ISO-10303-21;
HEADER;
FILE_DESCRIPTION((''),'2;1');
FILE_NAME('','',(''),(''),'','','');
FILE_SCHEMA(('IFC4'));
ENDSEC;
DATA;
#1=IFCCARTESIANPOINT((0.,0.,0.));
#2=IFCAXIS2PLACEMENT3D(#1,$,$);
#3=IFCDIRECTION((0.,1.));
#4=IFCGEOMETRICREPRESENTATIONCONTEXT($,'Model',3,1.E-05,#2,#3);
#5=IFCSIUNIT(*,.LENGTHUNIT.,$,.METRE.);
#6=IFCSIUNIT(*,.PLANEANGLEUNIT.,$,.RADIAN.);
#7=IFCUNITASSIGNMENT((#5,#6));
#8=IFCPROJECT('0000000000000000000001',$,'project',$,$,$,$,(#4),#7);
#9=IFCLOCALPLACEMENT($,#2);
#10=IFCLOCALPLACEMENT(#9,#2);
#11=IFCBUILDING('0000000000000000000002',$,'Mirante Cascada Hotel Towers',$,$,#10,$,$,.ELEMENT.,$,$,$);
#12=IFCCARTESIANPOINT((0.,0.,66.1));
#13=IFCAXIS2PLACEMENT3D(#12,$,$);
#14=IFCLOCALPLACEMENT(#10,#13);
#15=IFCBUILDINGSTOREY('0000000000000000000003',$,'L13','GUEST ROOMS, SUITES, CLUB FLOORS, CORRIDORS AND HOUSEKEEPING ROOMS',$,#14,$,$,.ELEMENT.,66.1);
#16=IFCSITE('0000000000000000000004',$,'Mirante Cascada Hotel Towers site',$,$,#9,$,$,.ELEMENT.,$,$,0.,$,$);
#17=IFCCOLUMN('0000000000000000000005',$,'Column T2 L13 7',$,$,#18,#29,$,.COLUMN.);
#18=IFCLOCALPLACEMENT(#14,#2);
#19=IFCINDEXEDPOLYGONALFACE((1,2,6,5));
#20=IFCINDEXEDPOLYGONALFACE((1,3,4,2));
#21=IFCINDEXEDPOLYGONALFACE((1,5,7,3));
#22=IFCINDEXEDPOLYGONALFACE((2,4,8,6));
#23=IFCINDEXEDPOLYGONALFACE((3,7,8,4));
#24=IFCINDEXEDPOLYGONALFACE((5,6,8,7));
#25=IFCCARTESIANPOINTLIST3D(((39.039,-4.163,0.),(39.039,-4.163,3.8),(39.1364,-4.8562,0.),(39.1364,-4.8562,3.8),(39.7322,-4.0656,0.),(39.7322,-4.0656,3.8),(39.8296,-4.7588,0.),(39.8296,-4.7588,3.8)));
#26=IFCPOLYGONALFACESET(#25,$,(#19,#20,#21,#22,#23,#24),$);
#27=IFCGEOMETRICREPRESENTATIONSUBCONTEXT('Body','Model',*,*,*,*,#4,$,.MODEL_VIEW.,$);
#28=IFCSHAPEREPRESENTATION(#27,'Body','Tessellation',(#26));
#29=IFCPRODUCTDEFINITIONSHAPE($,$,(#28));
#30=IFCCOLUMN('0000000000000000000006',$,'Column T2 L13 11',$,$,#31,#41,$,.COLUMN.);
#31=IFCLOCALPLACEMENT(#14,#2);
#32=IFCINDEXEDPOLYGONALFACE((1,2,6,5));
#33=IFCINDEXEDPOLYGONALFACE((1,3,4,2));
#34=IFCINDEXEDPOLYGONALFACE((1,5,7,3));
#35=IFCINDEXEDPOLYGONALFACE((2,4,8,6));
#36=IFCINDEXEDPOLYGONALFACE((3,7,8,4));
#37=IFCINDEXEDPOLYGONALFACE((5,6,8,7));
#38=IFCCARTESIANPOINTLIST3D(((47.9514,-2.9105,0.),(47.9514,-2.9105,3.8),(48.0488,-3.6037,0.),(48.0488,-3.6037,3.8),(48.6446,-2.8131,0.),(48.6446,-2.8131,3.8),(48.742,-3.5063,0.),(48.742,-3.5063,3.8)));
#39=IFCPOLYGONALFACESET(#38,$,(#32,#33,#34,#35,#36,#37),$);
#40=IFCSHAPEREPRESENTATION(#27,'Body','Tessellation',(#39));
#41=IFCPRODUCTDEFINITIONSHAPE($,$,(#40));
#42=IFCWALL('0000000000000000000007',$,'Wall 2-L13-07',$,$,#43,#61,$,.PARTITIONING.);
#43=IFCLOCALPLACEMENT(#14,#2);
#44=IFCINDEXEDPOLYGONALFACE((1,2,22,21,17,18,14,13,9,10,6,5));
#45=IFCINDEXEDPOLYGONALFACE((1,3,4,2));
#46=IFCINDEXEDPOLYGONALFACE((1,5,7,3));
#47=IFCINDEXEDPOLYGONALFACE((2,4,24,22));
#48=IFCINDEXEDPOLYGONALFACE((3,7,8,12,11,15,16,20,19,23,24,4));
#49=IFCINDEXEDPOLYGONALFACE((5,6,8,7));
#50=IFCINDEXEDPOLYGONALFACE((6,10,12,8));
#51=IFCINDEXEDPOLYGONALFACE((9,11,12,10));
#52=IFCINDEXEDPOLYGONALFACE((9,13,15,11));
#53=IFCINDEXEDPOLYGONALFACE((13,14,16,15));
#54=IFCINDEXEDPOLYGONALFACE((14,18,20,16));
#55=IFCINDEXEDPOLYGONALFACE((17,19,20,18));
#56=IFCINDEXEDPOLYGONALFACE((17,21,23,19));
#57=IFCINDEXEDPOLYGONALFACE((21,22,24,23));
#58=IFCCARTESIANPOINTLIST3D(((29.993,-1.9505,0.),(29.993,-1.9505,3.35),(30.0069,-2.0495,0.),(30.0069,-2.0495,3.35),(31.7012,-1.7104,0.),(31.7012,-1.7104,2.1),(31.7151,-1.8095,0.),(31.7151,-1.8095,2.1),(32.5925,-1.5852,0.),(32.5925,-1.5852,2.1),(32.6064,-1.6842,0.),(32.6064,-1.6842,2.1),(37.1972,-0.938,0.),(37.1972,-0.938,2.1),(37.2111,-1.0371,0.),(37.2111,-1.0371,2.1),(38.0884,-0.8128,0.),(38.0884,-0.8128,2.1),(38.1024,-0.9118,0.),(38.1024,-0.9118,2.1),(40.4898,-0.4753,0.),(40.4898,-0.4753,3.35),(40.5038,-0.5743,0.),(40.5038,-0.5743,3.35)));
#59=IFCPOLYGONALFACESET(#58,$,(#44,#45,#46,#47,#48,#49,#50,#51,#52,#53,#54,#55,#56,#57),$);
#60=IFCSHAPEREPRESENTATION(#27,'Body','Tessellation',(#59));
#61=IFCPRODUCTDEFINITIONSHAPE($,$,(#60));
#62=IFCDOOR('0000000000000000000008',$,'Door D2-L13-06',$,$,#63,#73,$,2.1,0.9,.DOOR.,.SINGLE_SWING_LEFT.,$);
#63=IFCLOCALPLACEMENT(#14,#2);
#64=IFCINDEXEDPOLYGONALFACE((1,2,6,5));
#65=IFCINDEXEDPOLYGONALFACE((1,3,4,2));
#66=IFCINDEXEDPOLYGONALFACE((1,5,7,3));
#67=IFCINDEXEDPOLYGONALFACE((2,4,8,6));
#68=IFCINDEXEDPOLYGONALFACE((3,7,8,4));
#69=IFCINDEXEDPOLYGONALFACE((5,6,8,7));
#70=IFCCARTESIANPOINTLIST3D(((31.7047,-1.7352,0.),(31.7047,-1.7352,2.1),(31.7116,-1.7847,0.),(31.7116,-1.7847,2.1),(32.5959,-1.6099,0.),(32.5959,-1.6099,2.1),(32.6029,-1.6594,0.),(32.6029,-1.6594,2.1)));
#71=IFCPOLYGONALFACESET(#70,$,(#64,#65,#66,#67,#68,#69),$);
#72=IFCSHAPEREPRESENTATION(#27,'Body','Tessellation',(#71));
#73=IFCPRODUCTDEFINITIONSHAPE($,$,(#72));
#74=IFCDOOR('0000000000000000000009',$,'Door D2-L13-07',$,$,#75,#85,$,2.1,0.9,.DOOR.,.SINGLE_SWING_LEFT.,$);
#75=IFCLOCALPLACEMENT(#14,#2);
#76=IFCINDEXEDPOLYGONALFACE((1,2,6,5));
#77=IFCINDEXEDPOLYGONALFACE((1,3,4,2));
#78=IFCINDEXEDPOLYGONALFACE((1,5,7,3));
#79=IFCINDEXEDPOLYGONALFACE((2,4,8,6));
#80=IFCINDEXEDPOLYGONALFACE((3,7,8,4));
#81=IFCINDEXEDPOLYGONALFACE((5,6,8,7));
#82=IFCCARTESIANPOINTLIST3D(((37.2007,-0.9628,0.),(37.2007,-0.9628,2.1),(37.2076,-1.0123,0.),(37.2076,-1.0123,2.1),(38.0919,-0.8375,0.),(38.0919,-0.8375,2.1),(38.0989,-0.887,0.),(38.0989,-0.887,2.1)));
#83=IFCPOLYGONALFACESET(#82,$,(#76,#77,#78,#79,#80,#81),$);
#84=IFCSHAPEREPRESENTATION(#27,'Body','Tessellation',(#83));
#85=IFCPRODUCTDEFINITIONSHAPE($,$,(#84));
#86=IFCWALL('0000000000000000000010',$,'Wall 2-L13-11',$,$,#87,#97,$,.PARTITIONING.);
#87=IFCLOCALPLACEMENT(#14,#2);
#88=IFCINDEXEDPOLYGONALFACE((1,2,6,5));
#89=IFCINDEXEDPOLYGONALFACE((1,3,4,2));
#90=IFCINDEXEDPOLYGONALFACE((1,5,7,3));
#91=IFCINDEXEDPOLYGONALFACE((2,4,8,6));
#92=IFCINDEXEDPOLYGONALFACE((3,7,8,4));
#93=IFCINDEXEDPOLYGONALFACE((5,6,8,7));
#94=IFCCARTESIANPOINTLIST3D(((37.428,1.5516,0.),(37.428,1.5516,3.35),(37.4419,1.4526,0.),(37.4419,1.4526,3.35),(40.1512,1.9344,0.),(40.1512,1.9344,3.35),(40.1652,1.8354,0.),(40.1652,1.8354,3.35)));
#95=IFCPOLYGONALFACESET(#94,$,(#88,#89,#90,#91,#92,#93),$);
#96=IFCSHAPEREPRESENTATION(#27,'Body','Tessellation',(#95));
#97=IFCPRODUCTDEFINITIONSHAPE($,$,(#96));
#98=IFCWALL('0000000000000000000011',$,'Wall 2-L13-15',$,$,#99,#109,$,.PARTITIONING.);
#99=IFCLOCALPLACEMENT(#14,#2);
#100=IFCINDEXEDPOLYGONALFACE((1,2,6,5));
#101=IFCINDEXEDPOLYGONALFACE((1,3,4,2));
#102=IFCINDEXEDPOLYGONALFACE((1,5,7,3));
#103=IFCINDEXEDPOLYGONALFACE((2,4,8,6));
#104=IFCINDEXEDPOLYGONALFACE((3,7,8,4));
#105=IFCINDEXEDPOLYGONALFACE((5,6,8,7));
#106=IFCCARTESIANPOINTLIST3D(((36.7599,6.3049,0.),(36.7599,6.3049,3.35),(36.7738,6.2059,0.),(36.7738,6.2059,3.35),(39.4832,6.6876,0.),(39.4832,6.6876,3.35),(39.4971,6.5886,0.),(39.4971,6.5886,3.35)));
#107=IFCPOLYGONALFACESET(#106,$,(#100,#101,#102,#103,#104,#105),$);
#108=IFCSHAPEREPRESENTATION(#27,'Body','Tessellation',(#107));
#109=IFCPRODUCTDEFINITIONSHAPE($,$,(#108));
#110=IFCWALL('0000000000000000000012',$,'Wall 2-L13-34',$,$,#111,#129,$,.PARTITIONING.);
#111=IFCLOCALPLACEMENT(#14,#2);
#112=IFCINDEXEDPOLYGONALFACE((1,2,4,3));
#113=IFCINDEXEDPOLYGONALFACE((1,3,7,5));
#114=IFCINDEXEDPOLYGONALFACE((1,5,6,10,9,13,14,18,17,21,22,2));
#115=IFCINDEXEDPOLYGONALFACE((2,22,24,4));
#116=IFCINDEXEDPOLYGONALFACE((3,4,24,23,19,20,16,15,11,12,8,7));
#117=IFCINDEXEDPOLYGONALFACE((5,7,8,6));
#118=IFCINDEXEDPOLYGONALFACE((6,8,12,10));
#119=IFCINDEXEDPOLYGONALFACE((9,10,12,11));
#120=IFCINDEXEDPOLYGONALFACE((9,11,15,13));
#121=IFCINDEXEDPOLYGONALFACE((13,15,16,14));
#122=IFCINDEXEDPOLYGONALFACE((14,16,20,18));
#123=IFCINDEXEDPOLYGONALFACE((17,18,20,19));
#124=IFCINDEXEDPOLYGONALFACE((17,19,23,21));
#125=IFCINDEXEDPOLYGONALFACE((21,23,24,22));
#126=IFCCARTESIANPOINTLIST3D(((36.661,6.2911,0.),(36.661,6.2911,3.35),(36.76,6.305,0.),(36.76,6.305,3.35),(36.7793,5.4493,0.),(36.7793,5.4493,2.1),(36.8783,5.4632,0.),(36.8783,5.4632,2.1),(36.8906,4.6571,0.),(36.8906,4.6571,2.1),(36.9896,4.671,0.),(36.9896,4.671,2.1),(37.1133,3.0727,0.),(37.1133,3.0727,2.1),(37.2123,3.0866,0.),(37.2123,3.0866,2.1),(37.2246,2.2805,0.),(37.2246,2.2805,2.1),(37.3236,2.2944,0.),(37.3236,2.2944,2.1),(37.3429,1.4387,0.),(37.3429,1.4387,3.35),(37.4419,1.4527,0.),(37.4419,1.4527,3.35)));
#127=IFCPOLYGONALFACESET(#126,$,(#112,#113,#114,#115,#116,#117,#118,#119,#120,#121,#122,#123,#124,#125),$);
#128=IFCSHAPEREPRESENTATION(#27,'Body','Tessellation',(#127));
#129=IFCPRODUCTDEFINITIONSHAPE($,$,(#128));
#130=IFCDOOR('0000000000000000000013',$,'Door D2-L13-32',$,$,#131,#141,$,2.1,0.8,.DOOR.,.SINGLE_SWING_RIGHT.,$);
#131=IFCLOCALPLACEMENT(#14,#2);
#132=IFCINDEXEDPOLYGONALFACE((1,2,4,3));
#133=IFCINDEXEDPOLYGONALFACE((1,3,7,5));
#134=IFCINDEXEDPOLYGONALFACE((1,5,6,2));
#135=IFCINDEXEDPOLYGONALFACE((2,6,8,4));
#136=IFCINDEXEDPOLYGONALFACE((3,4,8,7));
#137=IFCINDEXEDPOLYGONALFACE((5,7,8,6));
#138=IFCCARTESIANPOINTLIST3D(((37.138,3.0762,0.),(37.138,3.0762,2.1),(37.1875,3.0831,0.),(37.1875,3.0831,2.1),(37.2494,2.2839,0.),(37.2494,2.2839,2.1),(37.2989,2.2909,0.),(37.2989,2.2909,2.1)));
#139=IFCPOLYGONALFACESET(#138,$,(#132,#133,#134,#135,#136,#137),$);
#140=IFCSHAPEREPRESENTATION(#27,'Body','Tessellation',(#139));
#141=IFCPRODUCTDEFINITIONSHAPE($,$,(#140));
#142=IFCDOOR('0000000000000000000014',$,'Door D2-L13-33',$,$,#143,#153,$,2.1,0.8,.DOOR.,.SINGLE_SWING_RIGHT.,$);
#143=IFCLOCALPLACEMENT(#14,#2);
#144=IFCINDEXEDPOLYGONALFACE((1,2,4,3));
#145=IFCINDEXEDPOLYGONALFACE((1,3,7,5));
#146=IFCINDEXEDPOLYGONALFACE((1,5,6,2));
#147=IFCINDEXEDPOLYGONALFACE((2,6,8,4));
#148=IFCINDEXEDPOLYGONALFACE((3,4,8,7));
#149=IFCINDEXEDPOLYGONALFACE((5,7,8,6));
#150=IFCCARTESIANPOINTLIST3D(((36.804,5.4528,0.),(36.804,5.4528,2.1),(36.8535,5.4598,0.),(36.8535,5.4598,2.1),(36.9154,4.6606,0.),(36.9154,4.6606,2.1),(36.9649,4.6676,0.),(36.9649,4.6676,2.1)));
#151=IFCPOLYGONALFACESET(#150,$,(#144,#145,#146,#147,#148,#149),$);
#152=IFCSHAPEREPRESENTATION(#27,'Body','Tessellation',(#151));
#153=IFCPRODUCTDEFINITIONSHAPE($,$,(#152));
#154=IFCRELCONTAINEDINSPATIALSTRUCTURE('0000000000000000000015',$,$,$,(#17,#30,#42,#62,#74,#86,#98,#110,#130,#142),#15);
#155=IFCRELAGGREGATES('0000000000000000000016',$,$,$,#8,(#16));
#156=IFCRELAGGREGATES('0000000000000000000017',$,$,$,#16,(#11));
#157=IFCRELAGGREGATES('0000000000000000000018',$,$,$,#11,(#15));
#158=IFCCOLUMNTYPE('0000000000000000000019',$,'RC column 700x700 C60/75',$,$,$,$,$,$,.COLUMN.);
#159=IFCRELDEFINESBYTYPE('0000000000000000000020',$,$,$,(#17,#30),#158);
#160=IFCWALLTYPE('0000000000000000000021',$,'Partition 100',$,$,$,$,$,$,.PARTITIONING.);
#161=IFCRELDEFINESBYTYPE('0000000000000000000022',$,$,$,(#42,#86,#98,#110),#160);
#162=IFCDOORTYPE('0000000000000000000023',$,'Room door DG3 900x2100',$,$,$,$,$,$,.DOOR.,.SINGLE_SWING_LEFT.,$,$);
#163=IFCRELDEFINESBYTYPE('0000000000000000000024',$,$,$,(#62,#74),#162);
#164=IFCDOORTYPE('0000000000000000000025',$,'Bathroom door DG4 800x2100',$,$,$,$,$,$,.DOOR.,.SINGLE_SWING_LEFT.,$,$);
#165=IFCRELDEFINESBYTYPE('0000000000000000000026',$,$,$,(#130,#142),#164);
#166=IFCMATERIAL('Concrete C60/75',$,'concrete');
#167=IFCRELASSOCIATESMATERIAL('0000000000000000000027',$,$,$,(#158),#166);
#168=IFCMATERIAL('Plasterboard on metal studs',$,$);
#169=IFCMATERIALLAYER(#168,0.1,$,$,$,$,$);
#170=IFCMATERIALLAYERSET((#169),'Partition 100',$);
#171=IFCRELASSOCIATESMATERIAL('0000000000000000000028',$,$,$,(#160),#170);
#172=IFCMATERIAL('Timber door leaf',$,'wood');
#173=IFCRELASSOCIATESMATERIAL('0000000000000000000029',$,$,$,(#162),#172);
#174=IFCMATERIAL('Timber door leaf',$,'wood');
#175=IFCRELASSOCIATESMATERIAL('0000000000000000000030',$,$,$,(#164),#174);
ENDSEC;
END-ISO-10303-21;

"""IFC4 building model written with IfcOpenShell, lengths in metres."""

from ifc_helpers import new_model, si_unit, direction, frame, frame_2d, origin, origin_2d, place, context, subcontext, project, spatial, rectangle, extrude, material, layer, layer_set, material_profile, profile_set, type_object, element, fill, save


model = new_model("IFC4")

# Units and contexts
model_context = context("Model", 3, precision=1e-05, world=origin(), true_north=direction((0.0, 1.0)))
body_context = subcontext(model_context, "Body", "Model", "MODEL_VIEW")
ifc_project = project(units=[si_unit("LENGTHUNIT", "METRE"), si_unit("PLANEANGLEUNIT", "RADIAN")], contexts=[model_context])

# Site, building, storey
site_placement = place(None, origin())
site = spatial("IfcSite", under=ifc_project, at=site_placement, Name="Mirante Cascada Hotel Towers site", CompositionType="ELEMENT", RefElevation=0.0)
building_placement = place(site_placement, origin())
building = spatial("IfcBuilding", under=site, at=building_placement, Name="Mirante Cascada Hotel Towers", CompositionType="ELEMENT")
storey_placement = place(building_placement, frame((0.0, 0.0, 66.1)))
storey = spatial("IfcBuildingStorey", under=building, at=storey_placement, Name="L13", Description="GUEST ROOMS, SUITES, CLUB FLOORS, CORRIDORS AND HOUSEKEEPING ROOMS", CompositionType="ELEMENT", Elevation=66.1)

# Columns
ifc_material_1 = material(Name="Concrete C60/75", Category="concrete")
ifc_material_profile = material_profile(ifc_material_1, rectangle(XDim=0.7, YDim=0.7, at=origin_2d()), Name="RC column 700x700 C60/75")
ifc_profile_set = profile_set([ifc_material_profile], Name="Concrete C60/75")
column_type = type_object("IfcColumnType", Name="RC column 700x700 C60/75", PredefinedType="COLUMN", material=ifc_profile_set)
for number, where, z_axis, x_axis, name in (
    (1, (39.4343, -4.4609, 0.0), (0.0, 0.0, 1.0), (0.990268, 0.139173, 0.0), "Column T2 L13 7"),
    (2, (48.3467, -3.2084, 0.0), (0.0, 0.0, 1.0), (0.990268, 0.139173, 0.0), "Column T2 L13 11"),
):
    element("IfcColumn", number, at=place(storey_placement, frame(where, z_axis=z_axis, x_axis=x_axis)), inside=storey, type_object=column_type, Name=name, PredefinedType="COLUMN", context=body_context, shape_type="SweptSolid", body=[
        extrude(rectangle(XDim=0.7, YDim=0.7, at=origin_2d()), origin(), (0.0, 0.0, 1.0), 3.8),
    ])

# Wall, openings, doors
ifc_material_2 = material(Name="Plasterboard on metal studs")
ifc_layer = layer(ifc_material_2, 0.1)
ifc_layer_set = layer_set([ifc_layer], Name="Partition 100")
wall_type = type_object("IfcWallType", Name="Partition 100", PredefinedType="PARTITIONING", material=ifc_layer_set)
wall_1_placement = place(storey_placement, frame((40.4968, -0.5248, 0.0), z_axis=(0.0, 0.0, 1.0), x_axis=(-0.990268, -0.13917, 0.0)))
wall_1 = element("IfcWall", 3, at=wall_1_placement, inside=storey, type_object=wall_type, Name="Wall 2-L13-07", PredefinedType="PARTITIONING", context=body_context, shape_type="SweptSolid", body=[
    extrude(rectangle(XDim=10.6, YDim=0.1, at=frame_2d((5.3, 0.0))), origin(), (0.0, 0.0, 1.0), 3.35),
])
opening_1_placement = place(wall_1_placement, frame((7.975, 0.0, 0.0)))
opening_1 = element("IfcOpeningElement", 4, at=opening_1_placement, cuts=wall_1, PredefinedType="OPENING", context=body_context, shape_type="SweptSolid", body=[
    extrude(rectangle(XDim=0.9, YDim=2.1, at=frame_2d((0.45, 1.05))), frame((0.0, 0.05, 0.0), z_axis=(0.0, -1.0, 0.0), x_axis=(1.0, 0.0, 0.0)), (0.0, 0.0, 1.0), 0.1),
])
opening_2_placement = place(wall_1_placement, frame((2.425, 0.0, 0.0)))
opening_2 = element("IfcOpeningElement", 5, at=opening_2_placement, cuts=wall_1, PredefinedType="OPENING", context=body_context, shape_type="SweptSolid", body=[
    extrude(rectangle(XDim=0.9, YDim=2.1, at=frame_2d((0.45, 1.05))), frame((0.0, 0.05, 0.0), z_axis=(0.0, -1.0, 0.0), x_axis=(1.0, 0.0, 0.0)), (0.0, 0.0, 1.0), 0.1),
])
ifc_material_3 = material(Name="Timber door leaf", Category="wood")
door_type_1 = type_object("IfcDoorType", Name="Room door DG3 900x2100", OperationType="SINGLE_SWING_LEFT", PredefinedType="DOOR", material=ifc_material_3)
door_1_placement = place(opening_1_placement, origin())
door_1 = element("IfcDoor", 6, at=door_1_placement, inside=storey, type_object=door_type_1, Name="Door D2-L13-06", OperationType="SINGLE_SWING_LEFT", OverallHeight=2.1, OverallWidth=0.9, PredefinedType="DOOR", context=body_context, shape_type="SweptSolid", body=[
    extrude(rectangle(XDim=0.9, YDim=2.1, at=frame_2d((0.45, 1.05))), frame((0.0, 0.025, 0.0), z_axis=(0.0, -1.0, 0.0), x_axis=(1.0, 0.0, 0.0)), (0.0, 0.0, 1.0), 0.05),
])
fill(opening_1, door_1)
door_2_placement = place(opening_2_placement, origin())
door_2 = element("IfcDoor", 7, at=door_2_placement, inside=storey, type_object=door_type_1, Name="Door D2-L13-07", OperationType="SINGLE_SWING_LEFT", OverallHeight=2.1, OverallWidth=0.9, PredefinedType="DOOR", context=body_context, shape_type="SweptSolid", body=[
    extrude(rectangle(XDim=0.9, YDim=2.1, at=frame_2d((0.45, 1.05))), frame((0.0, 0.025, 0.0), z_axis=(0.0, -1.0, 0.0), x_axis=(1.0, 0.0, 0.0)), (0.0, 0.0, 1.0), 0.05),
])
fill(opening_2, door_2)

# Walls
wall_2_placement = place(storey_placement, frame((40.1582, 1.8849, 0.0), z_axis=(0.0, 0.0, 1.0), x_axis=(-0.990264, -0.139201, 0.0)))
element("IfcWall", 8, at=wall_2_placement, inside=storey, type_object=wall_type, Name="Wall 2-L13-11", PredefinedType="PARTITIONING", context=body_context, shape_type="SweptSolid", body=[
    extrude(rectangle(XDim=2.75, YDim=0.1, at=frame_2d((1.375, 0.0))), origin(), (0.0, 0.0, 1.0), 3.35),
])
wall_3_placement = place(storey_placement, frame((39.4902, 6.6381, 0.0), z_axis=(0.0, 0.0, 1.0), x_axis=(-0.99027, -0.139161, 0.0)))
element("IfcWall", 9, at=wall_3_placement, inside=storey, type_object=wall_type, Name="Wall 2-L13-15", PredefinedType="PARTITIONING", context=body_context, shape_type="SweptSolid", body=[
    extrude(rectangle(XDim=2.7501, YDim=0.1, at=frame_2d((1.3751, 0.0))), origin(), (0.0, 0.0, 1.0), 3.35),
])

# Wall, openings, doors
wall_4_placement = place(storey_placement, frame((37.3924, 1.4457, 0.0), z_axis=(0.0, 0.0, 1.0), x_axis=(-0.139164, 0.990269, 0.0)))
wall_4 = element("IfcWall", 10, at=wall_4_placement, inside=storey, type_object=wall_type, Name="Wall 2-L13-34", PredefinedType="PARTITIONING", context=body_context, shape_type="SweptSolid", body=[
    extrude(rectangle(XDim=4.9, YDim=0.1, at=frame_2d((2.45, 0.0))), origin(), (0.0, 0.0, 1.0), 3.35),
])
opening_3_placement = place(wall_4_placement, frame((0.85, 0.0, 0.0)))
opening_3 = element("IfcOpeningElement", 11, at=opening_3_placement, cuts=wall_4, PredefinedType="OPENING", context=body_context, shape_type="SweptSolid", body=[
    extrude(rectangle(XDim=0.8, YDim=2.1, at=frame_2d((0.4, 1.05))), frame((0.0, 0.05, 0.0), z_axis=(0.0, -1.0, 0.0), x_axis=(1.0, 0.0, 0.0)), (0.0, 0.0, 1.0), 0.1),
])
opening_4_placement = place(wall_4_placement, frame((3.25, 0.0, 0.0)))
opening_4 = element("IfcOpeningElement", 12, at=opening_4_placement, cuts=wall_4, PredefinedType="OPENING", context=body_context, shape_type="SweptSolid", body=[
    extrude(rectangle(XDim=0.8, YDim=2.1, at=frame_2d((0.4, 1.05))), frame((0.0, 0.05, 0.0), z_axis=(0.0, -1.0, 0.0), x_axis=(1.0, 0.0, 0.0)), (0.0, 0.0, 1.0), 0.1),
])
ifc_material_4 = material(Name="Timber door leaf", Category="wood")
door_type_2 = type_object("IfcDoorType", Name="Bathroom door DG4 800x2100", OperationType="SINGLE_SWING_LEFT", PredefinedType="DOOR", material=ifc_material_4)
door_3_placement = place(opening_3_placement, frame((0.8, 0.0, 0.0), z_axis=(0.0, 0.0, 1.0), x_axis=(-1.0, 0.0, 0.0)))
door_3 = element("IfcDoor", 13, at=door_3_placement, inside=storey, type_object=door_type_2, Name="Door D2-L13-32", OperationType="SINGLE_SWING_RIGHT", OverallHeight=2.1, OverallWidth=0.8, PredefinedType="DOOR", context=body_context, shape_type="SweptSolid", body=[
    extrude(rectangle(XDim=0.8, YDim=2.1, at=frame_2d((0.4, 1.05))), frame((0.0, 0.025, 0.0), z_axis=(0.0, -1.0, 0.0), x_axis=(1.0, 0.0, 0.0)), (0.0, 0.0, 1.0), 0.05),
])
fill(opening_3, door_3)
door_4_placement = place(opening_4_placement, frame((0.8, 0.0, 0.0), z_axis=(0.0, 0.0, 1.0), x_axis=(-1.0, 0.0, 0.0)))
door_4 = element("IfcDoor", 14, at=door_4_placement, inside=storey, type_object=door_type_2, Name="Door D2-L13-33", OperationType="SINGLE_SWING_RIGHT", OverallHeight=2.1, OverallWidth=0.8, PredefinedType="DOOR", context=body_context, shape_type="SweptSolid", body=[
    extrude(rectangle(XDim=0.8, YDim=2.1, at=frame_2d((0.4, 1.05))), frame((0.0, 0.025, 0.0), z_axis=(0.0, -1.0, 0.0), x_axis=(1.0, 0.0, 0.0)), (0.0, 0.0, 1.0), 0.05),
])
fill(opening_4, door_4)

save(model, "model.ifc")
